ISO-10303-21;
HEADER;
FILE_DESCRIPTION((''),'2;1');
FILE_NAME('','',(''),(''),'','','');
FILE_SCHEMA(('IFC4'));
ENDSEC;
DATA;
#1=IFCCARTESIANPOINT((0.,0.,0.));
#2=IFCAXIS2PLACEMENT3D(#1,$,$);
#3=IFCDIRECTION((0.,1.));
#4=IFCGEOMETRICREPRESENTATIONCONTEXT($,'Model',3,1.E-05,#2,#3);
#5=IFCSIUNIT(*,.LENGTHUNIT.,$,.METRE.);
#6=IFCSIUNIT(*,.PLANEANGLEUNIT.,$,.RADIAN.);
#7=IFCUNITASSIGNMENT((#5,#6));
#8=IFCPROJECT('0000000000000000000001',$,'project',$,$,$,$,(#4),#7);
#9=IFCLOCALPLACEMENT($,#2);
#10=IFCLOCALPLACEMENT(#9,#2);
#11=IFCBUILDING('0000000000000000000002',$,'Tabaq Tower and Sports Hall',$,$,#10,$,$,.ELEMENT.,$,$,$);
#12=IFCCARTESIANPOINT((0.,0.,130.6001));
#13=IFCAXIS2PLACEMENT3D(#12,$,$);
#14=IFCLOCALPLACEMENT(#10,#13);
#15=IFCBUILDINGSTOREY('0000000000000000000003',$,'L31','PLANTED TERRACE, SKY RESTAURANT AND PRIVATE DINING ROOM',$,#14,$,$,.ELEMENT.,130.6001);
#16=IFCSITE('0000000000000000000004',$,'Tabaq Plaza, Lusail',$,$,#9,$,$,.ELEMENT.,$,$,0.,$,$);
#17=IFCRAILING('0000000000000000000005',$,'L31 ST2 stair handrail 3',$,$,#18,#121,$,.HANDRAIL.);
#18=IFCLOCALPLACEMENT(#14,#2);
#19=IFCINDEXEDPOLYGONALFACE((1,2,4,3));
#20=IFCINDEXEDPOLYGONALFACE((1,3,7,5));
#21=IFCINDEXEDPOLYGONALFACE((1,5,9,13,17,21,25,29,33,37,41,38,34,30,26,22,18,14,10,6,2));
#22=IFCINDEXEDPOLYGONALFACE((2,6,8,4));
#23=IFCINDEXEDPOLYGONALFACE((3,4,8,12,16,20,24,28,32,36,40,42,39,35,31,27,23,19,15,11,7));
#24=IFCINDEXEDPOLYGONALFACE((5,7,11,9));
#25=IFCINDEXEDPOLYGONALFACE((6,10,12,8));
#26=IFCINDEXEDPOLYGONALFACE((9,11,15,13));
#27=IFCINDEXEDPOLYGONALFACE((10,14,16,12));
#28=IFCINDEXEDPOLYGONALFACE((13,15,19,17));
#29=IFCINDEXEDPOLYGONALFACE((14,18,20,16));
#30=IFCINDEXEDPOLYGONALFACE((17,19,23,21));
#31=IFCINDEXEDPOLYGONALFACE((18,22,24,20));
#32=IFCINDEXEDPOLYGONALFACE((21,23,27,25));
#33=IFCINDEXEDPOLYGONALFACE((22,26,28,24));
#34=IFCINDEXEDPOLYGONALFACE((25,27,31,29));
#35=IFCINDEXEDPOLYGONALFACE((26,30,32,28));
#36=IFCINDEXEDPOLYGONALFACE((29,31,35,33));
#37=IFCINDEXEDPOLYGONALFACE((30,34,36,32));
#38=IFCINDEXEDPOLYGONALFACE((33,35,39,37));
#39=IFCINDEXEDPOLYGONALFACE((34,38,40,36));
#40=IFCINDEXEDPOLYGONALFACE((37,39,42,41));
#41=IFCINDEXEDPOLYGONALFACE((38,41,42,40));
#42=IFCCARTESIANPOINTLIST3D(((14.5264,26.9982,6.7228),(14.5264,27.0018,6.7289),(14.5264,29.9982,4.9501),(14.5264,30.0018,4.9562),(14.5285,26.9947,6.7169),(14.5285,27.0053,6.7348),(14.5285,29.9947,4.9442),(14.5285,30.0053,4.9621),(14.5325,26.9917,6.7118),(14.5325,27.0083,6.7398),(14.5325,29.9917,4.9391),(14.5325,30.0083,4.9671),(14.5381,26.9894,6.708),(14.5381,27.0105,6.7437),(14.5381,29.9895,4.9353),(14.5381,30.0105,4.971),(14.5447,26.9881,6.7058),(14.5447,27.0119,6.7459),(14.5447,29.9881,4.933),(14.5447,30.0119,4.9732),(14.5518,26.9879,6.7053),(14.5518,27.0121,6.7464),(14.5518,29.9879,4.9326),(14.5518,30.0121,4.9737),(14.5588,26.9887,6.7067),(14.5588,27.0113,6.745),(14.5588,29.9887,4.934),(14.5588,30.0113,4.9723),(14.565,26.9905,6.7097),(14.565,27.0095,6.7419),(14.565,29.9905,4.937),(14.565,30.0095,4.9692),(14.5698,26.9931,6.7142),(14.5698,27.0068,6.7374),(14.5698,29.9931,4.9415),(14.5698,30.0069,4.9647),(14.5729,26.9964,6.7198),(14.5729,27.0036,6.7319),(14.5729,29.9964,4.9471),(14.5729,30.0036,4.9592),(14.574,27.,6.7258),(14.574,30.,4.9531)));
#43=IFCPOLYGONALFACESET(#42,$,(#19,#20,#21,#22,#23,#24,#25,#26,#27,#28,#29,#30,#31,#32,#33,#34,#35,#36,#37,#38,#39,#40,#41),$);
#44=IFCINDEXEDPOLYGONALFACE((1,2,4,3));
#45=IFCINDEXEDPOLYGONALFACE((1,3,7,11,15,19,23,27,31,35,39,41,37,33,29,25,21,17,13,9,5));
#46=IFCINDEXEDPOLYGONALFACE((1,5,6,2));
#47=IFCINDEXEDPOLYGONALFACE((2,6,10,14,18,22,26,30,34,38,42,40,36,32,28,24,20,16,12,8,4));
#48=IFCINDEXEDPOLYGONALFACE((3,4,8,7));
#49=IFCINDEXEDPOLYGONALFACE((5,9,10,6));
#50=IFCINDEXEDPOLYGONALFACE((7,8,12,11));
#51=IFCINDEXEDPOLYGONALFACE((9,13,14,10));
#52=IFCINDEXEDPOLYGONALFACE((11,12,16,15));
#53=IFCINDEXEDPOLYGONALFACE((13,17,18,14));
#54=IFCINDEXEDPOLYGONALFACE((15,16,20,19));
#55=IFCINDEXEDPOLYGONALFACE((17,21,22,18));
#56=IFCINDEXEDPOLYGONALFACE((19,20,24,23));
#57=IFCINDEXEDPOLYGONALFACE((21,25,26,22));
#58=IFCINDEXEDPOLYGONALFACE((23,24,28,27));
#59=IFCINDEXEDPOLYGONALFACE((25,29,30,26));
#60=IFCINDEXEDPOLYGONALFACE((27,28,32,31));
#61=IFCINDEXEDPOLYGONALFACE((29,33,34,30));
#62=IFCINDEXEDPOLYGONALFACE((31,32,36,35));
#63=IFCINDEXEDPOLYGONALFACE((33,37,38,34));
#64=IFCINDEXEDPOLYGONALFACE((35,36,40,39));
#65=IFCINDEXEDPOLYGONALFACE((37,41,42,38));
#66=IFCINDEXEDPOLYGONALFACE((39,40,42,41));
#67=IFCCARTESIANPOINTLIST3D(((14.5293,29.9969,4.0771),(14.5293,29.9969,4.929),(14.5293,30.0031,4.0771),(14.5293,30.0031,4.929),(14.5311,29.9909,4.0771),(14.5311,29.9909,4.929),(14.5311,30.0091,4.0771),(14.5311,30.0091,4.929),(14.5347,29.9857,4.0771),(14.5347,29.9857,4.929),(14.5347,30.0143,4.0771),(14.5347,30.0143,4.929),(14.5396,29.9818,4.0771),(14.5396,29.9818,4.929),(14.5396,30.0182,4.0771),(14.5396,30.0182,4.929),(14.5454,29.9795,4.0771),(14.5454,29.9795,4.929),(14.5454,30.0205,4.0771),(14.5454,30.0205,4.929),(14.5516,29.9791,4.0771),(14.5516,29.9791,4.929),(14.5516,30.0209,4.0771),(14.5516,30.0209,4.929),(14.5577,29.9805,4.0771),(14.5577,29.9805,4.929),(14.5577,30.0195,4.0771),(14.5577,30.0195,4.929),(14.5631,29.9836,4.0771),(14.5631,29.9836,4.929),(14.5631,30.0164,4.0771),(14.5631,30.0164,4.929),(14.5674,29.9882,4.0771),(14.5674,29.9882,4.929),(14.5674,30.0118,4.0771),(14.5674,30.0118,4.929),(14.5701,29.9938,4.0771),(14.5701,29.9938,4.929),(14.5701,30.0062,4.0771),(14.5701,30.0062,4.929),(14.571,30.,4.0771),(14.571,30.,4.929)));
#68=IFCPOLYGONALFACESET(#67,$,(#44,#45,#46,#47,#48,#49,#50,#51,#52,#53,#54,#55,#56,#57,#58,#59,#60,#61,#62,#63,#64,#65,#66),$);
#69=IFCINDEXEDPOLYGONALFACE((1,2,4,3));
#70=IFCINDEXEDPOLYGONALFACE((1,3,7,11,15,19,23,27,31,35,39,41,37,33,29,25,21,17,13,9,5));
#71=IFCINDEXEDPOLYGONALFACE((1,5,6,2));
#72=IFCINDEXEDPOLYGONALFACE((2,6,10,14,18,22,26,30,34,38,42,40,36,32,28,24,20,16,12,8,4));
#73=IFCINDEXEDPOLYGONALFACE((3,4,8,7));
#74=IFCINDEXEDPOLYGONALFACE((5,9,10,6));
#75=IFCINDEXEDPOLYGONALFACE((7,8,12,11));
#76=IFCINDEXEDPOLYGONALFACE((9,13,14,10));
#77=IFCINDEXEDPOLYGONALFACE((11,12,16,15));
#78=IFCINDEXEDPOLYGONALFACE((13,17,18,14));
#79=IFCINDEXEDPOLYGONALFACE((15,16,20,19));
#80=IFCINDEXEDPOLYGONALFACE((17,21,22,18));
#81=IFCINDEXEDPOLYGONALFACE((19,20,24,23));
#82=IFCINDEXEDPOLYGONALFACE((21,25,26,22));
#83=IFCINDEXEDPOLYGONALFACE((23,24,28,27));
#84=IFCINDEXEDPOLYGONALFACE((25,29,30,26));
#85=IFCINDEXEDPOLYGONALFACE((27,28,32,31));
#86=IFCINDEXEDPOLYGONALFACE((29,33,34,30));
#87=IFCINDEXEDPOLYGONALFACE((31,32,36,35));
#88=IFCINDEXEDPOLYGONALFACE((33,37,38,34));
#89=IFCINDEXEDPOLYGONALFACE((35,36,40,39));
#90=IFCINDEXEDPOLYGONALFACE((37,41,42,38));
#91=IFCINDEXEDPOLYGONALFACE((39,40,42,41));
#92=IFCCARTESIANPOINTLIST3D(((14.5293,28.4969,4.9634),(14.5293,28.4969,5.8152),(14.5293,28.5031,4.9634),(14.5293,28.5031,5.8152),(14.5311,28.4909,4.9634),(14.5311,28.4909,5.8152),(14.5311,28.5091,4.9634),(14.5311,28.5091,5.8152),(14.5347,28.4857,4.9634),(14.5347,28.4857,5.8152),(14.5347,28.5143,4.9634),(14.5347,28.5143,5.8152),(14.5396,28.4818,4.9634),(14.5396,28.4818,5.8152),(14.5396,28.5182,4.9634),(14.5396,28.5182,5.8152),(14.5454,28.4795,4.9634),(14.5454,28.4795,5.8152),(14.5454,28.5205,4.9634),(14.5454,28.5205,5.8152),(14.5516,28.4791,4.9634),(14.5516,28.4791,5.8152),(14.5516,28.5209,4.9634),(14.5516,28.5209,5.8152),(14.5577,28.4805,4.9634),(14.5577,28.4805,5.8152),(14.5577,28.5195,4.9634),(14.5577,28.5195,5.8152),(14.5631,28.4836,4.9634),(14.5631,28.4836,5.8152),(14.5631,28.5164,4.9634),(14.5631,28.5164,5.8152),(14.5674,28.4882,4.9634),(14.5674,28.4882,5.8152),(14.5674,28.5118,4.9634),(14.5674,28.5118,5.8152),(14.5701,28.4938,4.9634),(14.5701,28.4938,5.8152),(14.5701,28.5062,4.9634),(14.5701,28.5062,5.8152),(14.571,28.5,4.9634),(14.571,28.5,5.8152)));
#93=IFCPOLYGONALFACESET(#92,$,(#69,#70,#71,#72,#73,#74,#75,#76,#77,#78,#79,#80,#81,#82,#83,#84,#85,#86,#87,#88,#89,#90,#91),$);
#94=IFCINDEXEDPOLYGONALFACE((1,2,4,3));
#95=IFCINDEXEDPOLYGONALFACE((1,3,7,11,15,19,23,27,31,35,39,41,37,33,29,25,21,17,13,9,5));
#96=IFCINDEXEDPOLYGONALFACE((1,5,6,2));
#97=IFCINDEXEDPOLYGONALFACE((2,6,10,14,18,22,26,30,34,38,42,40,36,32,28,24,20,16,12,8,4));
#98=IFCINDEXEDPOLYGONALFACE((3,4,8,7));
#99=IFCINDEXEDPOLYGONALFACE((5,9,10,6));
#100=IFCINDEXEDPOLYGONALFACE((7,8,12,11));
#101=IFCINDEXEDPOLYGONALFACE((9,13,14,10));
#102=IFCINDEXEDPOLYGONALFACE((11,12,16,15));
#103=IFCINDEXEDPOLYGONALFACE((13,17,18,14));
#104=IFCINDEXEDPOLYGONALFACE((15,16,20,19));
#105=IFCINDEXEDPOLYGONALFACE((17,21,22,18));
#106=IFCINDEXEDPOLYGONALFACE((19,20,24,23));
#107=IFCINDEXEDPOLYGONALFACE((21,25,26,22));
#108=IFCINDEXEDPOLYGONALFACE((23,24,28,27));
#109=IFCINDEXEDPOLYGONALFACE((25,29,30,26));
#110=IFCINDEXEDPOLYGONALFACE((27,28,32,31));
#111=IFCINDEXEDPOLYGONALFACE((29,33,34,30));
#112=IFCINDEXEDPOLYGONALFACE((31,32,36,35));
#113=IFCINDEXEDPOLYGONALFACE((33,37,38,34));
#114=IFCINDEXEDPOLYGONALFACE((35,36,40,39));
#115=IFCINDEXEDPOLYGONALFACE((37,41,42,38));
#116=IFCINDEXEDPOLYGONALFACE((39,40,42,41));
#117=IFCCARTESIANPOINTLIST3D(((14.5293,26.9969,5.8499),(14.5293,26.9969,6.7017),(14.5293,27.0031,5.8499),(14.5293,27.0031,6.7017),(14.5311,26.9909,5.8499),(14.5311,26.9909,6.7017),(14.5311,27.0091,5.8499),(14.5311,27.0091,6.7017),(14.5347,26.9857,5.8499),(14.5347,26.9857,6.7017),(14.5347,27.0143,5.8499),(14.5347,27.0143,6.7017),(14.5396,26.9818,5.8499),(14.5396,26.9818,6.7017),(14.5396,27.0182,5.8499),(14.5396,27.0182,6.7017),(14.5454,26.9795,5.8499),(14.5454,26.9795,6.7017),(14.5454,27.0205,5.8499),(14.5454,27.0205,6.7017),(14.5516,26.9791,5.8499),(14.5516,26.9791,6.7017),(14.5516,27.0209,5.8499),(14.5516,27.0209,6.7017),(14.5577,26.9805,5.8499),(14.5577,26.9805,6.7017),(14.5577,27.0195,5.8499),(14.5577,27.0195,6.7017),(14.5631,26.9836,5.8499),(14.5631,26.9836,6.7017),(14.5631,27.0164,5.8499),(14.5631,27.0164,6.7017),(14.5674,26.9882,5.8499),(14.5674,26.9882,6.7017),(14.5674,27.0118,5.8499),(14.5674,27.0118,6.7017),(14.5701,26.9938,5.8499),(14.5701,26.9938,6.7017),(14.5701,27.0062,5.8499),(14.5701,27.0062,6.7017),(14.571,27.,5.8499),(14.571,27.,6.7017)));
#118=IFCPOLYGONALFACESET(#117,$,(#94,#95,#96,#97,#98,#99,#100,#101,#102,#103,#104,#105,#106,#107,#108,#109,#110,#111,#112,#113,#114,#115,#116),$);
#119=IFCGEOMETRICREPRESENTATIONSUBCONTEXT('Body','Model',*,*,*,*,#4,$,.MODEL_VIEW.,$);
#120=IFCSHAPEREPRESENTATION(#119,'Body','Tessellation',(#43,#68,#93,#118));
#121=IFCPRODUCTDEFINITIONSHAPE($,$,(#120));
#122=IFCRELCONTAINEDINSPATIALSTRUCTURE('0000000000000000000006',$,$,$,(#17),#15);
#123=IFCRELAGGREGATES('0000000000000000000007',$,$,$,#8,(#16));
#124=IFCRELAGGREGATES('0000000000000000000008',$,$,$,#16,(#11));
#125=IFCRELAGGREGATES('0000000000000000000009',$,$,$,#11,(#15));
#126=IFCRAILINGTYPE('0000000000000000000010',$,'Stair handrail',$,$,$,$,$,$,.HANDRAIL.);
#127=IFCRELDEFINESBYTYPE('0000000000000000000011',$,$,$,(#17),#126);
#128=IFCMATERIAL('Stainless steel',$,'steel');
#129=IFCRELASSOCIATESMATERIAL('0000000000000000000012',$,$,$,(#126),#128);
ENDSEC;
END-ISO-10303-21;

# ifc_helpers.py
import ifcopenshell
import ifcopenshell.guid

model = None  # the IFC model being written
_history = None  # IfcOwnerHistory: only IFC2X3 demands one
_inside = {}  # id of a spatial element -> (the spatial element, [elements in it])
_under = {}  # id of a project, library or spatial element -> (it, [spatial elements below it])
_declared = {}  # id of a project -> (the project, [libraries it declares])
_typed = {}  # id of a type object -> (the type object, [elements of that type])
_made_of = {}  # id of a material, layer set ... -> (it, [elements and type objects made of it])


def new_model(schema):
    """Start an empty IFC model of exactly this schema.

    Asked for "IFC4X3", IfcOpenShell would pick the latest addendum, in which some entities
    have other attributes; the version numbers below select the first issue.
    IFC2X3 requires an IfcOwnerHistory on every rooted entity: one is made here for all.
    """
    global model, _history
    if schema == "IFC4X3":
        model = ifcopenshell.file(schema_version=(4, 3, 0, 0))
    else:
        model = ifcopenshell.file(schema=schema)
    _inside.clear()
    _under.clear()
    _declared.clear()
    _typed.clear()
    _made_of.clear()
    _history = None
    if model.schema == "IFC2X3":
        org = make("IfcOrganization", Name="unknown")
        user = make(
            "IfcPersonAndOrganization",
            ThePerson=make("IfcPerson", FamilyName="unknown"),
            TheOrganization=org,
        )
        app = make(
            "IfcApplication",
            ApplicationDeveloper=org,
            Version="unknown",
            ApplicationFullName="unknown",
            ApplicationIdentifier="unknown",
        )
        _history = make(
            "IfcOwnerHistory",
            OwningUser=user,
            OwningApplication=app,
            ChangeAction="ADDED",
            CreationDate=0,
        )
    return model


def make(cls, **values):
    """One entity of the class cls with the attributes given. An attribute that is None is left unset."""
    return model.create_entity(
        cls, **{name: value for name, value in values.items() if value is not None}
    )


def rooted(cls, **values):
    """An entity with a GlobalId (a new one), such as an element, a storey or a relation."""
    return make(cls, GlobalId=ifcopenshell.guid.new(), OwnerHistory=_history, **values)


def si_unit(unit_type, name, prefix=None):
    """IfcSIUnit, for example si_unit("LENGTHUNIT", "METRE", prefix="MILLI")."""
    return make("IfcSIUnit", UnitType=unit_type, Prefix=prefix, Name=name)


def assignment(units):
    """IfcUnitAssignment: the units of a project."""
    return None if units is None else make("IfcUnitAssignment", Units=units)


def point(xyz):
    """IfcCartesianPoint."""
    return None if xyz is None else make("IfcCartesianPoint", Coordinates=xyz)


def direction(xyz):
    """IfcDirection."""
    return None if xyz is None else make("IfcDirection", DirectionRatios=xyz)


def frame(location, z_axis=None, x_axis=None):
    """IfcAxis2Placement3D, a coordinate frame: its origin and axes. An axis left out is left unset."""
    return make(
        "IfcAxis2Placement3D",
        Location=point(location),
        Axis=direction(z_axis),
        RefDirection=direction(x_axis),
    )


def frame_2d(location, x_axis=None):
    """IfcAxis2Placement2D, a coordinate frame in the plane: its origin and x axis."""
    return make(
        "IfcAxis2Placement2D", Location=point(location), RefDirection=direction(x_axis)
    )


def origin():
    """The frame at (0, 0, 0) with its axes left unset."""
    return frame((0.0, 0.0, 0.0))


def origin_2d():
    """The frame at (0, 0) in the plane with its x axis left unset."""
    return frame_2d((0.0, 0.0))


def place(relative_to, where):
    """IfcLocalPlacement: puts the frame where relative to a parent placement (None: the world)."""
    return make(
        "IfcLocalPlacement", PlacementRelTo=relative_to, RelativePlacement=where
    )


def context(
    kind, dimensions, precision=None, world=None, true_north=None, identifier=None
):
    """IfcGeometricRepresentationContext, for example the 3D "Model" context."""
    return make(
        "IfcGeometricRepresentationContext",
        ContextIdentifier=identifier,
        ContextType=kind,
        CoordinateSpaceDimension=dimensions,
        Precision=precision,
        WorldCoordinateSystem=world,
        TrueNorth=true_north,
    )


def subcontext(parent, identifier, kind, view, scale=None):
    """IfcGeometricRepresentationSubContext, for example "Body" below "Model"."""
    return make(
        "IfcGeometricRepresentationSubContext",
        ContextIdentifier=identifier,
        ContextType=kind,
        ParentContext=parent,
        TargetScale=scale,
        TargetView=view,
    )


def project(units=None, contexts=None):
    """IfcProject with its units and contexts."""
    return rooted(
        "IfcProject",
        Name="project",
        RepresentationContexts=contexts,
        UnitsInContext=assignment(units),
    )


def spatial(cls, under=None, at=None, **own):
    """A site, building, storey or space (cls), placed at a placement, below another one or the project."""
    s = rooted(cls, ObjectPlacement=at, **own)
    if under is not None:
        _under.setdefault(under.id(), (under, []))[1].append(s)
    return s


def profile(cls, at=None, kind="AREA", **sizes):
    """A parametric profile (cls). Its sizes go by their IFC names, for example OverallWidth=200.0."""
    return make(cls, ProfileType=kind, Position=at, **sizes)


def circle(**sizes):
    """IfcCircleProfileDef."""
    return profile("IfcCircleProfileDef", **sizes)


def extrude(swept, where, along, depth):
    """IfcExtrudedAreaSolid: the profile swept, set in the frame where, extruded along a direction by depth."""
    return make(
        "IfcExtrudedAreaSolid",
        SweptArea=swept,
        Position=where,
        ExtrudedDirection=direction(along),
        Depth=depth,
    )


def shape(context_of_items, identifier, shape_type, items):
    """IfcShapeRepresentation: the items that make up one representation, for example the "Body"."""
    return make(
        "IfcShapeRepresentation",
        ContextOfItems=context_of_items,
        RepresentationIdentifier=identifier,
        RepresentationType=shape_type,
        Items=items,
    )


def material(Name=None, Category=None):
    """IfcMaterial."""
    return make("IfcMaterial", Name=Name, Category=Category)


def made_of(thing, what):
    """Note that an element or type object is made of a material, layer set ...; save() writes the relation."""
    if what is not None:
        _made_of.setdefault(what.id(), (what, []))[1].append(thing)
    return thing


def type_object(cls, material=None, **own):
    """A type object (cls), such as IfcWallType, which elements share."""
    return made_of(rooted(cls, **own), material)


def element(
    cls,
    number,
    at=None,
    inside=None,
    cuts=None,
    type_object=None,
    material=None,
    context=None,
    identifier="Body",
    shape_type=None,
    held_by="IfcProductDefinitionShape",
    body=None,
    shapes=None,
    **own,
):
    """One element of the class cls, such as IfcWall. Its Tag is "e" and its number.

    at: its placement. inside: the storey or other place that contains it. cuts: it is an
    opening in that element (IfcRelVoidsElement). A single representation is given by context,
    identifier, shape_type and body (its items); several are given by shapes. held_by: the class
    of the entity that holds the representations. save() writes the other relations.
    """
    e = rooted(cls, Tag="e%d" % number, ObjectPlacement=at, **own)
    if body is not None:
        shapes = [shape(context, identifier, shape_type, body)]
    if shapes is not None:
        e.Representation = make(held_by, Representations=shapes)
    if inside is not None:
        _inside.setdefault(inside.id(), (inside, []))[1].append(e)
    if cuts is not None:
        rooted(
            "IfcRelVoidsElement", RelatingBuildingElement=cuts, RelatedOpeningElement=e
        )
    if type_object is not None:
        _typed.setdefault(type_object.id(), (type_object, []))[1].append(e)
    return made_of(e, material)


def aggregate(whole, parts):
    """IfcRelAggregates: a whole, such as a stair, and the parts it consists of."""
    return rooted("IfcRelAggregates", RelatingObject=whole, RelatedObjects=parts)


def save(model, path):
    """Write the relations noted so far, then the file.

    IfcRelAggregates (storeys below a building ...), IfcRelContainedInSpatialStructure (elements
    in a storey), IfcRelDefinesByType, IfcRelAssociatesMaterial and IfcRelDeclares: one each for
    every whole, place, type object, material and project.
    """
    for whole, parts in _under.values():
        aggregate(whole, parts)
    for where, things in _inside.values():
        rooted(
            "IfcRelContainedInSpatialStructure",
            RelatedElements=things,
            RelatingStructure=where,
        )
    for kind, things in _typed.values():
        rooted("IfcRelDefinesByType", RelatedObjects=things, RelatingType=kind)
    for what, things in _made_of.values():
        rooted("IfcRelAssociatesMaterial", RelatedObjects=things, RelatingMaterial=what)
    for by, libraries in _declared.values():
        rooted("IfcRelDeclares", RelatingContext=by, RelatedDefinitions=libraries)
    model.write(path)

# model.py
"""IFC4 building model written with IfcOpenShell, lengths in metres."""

from ifc_helpers import new_model, si_unit, direction, frame, origin, origin_2d, place, context, subcontext, project, spatial, circle, extrude, material, type_object, element, save


model = new_model("IFC4")

# Units and contexts
model_context = context("Model", 3, precision=1e-05, world=origin(), true_north=direction((0.0, 1.0)))
body_context = subcontext(model_context, "Body", "Model", "MODEL_VIEW")
ifc_project = project(units=[si_unit("LENGTHUNIT", "METRE"), si_unit("PLANEANGLEUNIT", "RADIAN")], contexts=[model_context])

# Site, building, storey
site_placement = place(None, origin())
site = spatial("IfcSite", under=ifc_project, at=site_placement, Name="Tabaq Plaza, Lusail", CompositionType="ELEMENT", RefElevation=0.0)
building_placement = place(site_placement, origin())
building = spatial("IfcBuilding", under=site, at=building_placement, Name="Tabaq Tower and Sports Hall", CompositionType="ELEMENT")
storey_placement = place(building_placement, frame((0.0, 0.0, 130.6001)))
storey = spatial("IfcBuildingStorey", under=building, at=storey_placement, Name="L31", Description="PLANTED TERRACE, SKY RESTAURANT AND PRIVATE DINING ROOM", CompositionType="ELEMENT", Elevation=130.6001)

# Railing
ifc_material_1 = material(Name="Stainless steel", Category="steel")
railing_type_1 = type_object("IfcRailingType", Name="Stair handrail", PredefinedType="HANDRAIL", material=ifc_material_1)
for number, where, name in (
    (1, (14.55, 30.0, 4.0771), "L31 ST2 stair handrail 3"),
):
    element("IfcRailing", number, at=place(storey_placement, frame(where)), inside=storey, type_object=railing_type_1, Name=name, PredefinedType="HANDRAIL", context=body_context, shape_type="SweptSolid", body=[
        extrude(circle(Radius=0.0239, at=origin_2d()), frame((0.0, 0.0, 0.876), z_axis=(0.0, -0.860929, 0.508725), x_axis=(1.0, 0.0, 0.0)), (0.0, 0.0, 1.0), 3.4846),
        extrude(circle(Radius=0.021, at=origin_2d()), origin(), (0.0, 0.0, 1.0), 0.8518),
        extrude(circle(Radius=0.021, at=origin_2d()), frame((0.0, -1.5, 0.8862)), (0.0, 0.0, 1.0), 0.8518),
        extrude(circle(Radius=0.021, at=origin_2d()), frame((0.0, -3.0, 1.7727)), (0.0, 0.0, 1.0), 0.8518),
    ])

save(model, "model.ifc")
